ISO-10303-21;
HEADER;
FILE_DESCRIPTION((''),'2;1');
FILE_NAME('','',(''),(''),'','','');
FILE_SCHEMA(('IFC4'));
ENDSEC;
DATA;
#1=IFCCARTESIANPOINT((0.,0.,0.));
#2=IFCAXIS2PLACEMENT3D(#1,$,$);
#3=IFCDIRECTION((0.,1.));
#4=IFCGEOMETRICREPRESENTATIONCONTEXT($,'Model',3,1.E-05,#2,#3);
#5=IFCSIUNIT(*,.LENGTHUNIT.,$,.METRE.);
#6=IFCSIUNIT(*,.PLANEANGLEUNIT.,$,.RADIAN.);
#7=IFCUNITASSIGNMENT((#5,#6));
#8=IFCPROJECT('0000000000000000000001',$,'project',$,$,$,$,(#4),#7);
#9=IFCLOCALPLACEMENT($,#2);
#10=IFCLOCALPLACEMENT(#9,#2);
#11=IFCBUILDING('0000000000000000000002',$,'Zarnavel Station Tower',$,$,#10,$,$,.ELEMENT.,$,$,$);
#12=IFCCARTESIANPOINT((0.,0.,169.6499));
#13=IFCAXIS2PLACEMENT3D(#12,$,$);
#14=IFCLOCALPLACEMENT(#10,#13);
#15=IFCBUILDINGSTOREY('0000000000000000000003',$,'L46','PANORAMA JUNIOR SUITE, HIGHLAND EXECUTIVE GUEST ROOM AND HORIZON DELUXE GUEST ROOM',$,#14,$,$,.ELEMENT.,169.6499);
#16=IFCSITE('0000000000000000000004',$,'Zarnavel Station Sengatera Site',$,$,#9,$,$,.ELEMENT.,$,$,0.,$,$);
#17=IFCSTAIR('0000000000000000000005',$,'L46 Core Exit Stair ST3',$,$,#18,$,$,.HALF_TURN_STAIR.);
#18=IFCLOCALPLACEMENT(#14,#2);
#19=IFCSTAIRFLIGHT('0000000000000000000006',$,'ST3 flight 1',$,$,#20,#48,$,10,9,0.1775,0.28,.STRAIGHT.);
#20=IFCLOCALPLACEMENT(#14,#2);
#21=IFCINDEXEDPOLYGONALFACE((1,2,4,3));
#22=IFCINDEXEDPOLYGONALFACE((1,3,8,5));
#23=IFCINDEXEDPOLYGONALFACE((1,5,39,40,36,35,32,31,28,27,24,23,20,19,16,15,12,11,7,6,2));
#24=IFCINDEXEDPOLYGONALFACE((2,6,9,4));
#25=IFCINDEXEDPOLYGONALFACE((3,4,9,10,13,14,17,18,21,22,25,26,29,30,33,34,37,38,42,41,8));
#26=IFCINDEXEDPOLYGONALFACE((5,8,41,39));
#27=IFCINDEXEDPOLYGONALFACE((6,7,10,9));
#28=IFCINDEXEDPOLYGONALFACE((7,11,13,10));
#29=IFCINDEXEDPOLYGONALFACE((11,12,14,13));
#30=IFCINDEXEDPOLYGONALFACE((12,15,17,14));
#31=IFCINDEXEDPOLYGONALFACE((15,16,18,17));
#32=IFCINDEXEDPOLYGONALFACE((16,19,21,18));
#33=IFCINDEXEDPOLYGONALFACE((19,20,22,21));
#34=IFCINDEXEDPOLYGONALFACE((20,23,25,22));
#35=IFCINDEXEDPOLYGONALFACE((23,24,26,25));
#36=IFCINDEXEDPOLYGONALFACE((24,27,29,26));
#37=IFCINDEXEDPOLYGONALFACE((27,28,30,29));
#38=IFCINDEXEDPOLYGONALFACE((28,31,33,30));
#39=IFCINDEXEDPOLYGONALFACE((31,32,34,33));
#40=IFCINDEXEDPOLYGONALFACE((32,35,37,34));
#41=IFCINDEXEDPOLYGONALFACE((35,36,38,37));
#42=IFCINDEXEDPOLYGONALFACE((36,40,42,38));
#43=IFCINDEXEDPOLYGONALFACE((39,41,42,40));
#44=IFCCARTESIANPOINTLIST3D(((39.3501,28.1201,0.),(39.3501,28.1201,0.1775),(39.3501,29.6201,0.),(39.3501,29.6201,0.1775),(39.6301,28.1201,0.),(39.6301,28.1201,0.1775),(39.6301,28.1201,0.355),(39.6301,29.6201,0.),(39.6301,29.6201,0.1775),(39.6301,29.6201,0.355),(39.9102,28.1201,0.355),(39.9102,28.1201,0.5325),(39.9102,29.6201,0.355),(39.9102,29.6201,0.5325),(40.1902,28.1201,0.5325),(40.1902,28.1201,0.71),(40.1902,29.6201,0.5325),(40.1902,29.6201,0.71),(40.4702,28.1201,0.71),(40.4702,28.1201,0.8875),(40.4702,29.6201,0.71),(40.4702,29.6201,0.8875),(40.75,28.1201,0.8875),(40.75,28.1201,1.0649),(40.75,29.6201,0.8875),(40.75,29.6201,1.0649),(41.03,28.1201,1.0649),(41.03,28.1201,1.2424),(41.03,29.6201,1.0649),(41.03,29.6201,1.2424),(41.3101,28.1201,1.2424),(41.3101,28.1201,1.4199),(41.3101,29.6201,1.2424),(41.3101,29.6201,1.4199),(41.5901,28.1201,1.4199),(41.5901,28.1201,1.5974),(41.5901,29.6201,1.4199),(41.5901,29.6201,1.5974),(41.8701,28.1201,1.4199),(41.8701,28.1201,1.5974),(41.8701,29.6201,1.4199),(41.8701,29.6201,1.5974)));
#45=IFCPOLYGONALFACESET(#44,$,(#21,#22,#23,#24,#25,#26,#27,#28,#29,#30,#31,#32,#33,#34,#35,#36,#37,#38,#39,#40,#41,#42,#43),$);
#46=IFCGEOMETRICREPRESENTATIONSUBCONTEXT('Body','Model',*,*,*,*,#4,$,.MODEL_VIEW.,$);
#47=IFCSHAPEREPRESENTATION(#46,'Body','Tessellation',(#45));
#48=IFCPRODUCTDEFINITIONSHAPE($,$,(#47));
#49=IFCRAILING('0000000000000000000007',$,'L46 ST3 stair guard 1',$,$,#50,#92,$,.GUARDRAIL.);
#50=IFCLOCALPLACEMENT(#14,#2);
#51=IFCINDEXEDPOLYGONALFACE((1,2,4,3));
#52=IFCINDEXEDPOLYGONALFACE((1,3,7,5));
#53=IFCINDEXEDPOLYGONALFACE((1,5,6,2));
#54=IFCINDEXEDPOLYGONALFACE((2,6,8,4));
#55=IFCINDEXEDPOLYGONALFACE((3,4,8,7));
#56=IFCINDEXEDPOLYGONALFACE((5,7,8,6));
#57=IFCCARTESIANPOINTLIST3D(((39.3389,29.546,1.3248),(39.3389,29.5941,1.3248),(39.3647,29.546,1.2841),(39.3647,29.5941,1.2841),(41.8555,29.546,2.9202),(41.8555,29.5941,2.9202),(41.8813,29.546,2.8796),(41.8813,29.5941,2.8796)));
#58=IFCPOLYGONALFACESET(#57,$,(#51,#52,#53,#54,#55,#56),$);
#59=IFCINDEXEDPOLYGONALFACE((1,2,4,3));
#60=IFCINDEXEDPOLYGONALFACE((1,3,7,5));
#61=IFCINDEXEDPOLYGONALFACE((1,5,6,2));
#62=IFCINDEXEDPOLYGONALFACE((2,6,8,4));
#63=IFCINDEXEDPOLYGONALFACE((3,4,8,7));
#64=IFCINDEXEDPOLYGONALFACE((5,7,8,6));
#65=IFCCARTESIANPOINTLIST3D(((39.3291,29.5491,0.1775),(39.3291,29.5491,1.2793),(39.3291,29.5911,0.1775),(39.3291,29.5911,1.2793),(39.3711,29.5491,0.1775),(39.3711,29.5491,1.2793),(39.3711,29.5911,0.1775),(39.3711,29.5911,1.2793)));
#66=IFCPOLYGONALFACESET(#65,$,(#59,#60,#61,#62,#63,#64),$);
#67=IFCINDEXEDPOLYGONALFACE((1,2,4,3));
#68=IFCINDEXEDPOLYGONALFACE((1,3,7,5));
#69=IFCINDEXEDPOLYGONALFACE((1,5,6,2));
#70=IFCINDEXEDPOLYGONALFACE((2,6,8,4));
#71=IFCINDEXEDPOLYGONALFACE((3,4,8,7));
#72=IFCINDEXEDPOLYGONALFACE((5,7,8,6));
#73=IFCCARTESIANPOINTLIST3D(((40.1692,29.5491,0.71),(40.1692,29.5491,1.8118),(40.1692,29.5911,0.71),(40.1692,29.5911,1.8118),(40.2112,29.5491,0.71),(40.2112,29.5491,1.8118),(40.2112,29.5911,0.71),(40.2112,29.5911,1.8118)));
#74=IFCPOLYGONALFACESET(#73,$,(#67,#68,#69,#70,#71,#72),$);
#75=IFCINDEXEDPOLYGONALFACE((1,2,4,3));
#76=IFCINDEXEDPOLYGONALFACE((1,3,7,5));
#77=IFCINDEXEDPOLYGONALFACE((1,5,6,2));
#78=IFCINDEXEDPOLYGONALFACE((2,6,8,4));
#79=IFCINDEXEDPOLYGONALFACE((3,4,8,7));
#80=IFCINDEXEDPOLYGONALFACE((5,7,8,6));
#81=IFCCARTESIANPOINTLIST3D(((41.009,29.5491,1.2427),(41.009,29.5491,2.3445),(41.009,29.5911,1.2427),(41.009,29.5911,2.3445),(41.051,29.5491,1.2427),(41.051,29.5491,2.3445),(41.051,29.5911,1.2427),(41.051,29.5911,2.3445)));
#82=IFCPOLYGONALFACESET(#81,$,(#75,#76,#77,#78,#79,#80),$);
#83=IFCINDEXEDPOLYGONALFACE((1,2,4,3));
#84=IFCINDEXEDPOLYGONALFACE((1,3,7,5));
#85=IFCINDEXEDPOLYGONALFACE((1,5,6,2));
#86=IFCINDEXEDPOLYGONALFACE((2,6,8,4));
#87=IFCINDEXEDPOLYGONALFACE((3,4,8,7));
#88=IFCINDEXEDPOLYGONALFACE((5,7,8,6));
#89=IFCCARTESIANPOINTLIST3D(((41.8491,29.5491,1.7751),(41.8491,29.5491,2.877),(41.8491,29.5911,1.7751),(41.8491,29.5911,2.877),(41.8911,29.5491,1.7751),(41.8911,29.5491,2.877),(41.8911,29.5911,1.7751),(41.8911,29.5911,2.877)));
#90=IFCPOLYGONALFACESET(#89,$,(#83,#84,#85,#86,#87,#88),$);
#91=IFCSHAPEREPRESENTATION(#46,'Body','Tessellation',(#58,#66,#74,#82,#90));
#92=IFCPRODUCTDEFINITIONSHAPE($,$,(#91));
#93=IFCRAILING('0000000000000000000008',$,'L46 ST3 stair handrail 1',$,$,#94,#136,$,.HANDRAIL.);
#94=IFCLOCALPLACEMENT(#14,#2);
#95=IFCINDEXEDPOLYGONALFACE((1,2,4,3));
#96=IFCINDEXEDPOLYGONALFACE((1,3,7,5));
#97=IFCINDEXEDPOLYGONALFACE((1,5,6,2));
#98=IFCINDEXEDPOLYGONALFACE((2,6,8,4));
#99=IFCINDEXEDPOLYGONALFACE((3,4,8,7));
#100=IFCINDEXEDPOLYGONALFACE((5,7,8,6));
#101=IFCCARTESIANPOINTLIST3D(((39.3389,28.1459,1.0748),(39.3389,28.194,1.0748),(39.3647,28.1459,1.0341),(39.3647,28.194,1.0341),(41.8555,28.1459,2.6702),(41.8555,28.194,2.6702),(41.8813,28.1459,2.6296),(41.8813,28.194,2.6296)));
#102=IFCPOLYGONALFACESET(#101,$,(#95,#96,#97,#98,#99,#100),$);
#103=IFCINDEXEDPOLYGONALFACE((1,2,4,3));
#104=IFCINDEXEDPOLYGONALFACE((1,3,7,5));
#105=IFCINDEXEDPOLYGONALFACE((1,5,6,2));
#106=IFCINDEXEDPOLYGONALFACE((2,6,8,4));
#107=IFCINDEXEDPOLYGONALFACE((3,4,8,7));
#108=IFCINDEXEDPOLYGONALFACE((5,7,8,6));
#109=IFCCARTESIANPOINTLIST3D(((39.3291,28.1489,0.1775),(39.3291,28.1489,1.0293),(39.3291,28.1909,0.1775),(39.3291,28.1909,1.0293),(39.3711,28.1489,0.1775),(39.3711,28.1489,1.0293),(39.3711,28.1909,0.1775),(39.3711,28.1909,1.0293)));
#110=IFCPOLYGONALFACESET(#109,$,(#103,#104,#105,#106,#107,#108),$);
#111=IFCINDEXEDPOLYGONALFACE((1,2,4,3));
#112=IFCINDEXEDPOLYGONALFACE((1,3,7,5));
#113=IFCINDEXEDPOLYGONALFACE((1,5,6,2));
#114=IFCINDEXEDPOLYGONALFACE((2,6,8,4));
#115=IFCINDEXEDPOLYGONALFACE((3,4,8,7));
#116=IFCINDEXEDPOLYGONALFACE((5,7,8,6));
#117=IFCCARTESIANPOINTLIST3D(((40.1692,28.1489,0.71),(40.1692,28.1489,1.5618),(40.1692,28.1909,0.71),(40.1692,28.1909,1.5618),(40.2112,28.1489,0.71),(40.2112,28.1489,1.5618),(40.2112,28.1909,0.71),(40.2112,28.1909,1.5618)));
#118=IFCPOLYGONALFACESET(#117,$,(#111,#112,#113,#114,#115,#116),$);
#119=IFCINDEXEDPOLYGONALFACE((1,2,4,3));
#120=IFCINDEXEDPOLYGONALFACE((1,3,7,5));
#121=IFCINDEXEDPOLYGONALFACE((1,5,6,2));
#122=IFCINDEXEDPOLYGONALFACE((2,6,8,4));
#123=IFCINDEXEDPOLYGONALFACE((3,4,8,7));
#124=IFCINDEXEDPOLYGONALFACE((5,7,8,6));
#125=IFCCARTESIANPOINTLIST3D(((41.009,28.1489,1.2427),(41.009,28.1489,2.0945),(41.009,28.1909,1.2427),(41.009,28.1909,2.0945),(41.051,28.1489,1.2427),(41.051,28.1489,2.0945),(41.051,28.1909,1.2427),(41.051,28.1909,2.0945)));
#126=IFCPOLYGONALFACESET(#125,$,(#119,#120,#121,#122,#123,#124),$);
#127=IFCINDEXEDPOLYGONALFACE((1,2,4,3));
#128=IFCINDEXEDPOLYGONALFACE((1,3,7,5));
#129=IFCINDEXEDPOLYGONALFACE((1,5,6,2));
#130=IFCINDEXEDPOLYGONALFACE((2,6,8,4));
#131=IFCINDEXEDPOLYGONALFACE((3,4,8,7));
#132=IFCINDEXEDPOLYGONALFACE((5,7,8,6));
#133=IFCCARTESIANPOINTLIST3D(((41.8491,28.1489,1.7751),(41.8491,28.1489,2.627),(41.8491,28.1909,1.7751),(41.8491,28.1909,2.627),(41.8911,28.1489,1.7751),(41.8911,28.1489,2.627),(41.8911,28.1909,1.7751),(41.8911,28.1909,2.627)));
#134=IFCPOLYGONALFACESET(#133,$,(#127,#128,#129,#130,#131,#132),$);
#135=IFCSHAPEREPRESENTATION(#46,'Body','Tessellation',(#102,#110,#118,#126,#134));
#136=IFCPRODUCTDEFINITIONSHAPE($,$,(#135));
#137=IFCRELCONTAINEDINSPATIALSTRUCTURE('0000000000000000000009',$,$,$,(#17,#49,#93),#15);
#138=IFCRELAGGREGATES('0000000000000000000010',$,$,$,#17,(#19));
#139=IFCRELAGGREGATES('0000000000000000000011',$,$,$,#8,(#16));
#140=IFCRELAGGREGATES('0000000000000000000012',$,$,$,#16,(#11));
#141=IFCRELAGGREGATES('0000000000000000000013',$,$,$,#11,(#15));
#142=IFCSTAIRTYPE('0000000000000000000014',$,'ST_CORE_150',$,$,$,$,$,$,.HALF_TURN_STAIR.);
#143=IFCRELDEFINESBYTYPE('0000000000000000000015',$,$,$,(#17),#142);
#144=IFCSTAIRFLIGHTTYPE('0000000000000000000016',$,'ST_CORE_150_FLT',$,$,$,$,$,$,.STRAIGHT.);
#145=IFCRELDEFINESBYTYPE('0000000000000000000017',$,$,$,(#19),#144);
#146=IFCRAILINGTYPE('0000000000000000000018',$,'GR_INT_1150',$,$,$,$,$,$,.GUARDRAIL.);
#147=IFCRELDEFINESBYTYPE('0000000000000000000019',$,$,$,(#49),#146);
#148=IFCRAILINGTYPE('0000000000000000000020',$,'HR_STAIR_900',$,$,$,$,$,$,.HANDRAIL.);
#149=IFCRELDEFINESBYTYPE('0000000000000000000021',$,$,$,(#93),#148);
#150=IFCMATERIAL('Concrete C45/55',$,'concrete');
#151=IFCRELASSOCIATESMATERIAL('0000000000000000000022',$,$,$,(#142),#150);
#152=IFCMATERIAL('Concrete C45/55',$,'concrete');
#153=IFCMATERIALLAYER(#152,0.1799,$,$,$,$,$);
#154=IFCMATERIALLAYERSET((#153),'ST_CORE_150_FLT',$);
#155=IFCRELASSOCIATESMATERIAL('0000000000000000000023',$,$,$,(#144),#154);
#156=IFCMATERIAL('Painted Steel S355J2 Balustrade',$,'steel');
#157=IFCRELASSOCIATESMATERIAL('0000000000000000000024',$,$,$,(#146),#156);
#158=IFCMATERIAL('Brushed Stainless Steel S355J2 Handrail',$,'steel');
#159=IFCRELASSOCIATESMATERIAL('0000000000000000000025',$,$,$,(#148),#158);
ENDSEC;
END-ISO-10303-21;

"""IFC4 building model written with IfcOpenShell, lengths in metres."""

from ifc_helpers import new_model, si_unit, direction, frame, origin, origin_2d, place, context, subcontext, project, spatial, polyline, rectangle, outline, extrude, material, layer, layer_set, type_object, element, aggregate, save


model = new_model("IFC4")

# Units and contexts
model_context = context("Model", 3, precision=1e-05, world=origin(), true_north=direction((0.0, 1.0)))
body_context = subcontext(model_context, "Body", "Model", "MODEL_VIEW")
ifc_project = project(units=[si_unit("LENGTHUNIT", "METRE"), si_unit("PLANEANGLEUNIT", "RADIAN")], contexts=[model_context])

# Site, building, storey
site_placement = place(None, origin())
site = spatial("IfcSite", under=ifc_project, at=site_placement, Name="Zarnavel Station Sengatera Site", CompositionType="ELEMENT", RefElevation=0.0)
building_placement = place(site_placement, origin())
building = spatial("IfcBuilding", under=site, at=building_placement, Name="Zarnavel Station Tower", CompositionType="ELEMENT")
storey_placement = place(building_placement, frame((0.0, 0.0, 169.6499)))
storey = spatial("IfcBuildingStorey", under=building, at=storey_placement, Name="L46", Description="PANORAMA JUNIOR SUITE, HIGHLAND EXECUTIVE GUEST ROOM AND HORIZON DELUXE GUEST ROOM", CompositionType="ELEMENT", Elevation=169.6499)

# Stair, stair flight
ifc_material_1 = material(Name="Concrete C45/55", Category="concrete")
stair_type = type_object("IfcStairType", Name="ST_CORE_150", PredefinedType="HALF_TURN_STAIR", material=ifc_material_1)
stair_placement = place(storey_placement, origin())
stair = element("IfcStair", 1, at=stair_placement, inside=storey, type_object=stair_type, Name="L46 Core Exit Stair ST3", PredefinedType="HALF_TURN_STAIR")
ifc_material_2 = material(Name="Concrete C45/55", Category="concrete")
ifc_layer_1 = layer(ifc_material_2, 0.1799)
ifc_layer_set_1 = layer_set([ifc_layer_1], Name="ST_CORE_150_FLT")
stair_flight_type = type_object("IfcStairFlightType", Name="ST_CORE_150_FLT", PredefinedType="STRAIGHT", material=ifc_layer_set_1)
stair_flight_placement = place(storey_placement, frame((39.3501, 28.8701, 0.0), z_axis=(0.0, 0.0, 1.0), x_axis=(1.0, 0.0, 0.0)))
stair_flight = element("IfcStairFlight", 2, at=stair_flight_placement, type_object=stair_flight_type, Name="ST3 flight 1", NumberOfRisers=10, NumberOfTreads=9, PredefinedType="STRAIGHT", RiserHeight=0.1775, TreadLength=0.28, context=body_context, shape_type="SweptSolid", body=[
    extrude(outline(polyline([(0.0, 0.0), (0.0, 0.1775), (0.28, 0.1775), (0.28, 0.355), (0.5601, 0.355), (0.5601, 0.5325), (0.8401, 0.5325), (0.8401, 0.71), (1.1201, 0.71), (1.1201, 0.8875), (1.3999, 0.8875), (1.3999, 1.0649), (1.6799, 1.0649), (1.6799, 1.2424), (1.96, 1.2424), (1.96, 1.4199), (2.24, 1.4199), (2.24, 1.5974), (2.52, 1.5974), (2.52, 1.7749), (2.52, 1.4199), (0.28, 0.0), (0.0, 0.0)])), frame((0.0, 0.75, 0.0), z_axis=(0.0, -1.0, 0.0), x_axis=(1.0, 0.0, 0.0)), (0.0, 0.0, 1.0), 1.5),
])
aggregate(stair, [stair_flight])

# Railings
ifc_material_3 = material(Name="Painted Steel S355J2 Balustrade", Category="steel")
railing_type_1 = type_object("IfcRailingType", Name="GR_INT_1150", PredefinedType="GUARDRAIL", material=ifc_material_3)
railing_1_placement = place(storey_placement, frame((39.3501, 29.5701, 0.1775)))
element("IfcRailing", 3, at=railing_1_placement, inside=storey, type_object=railing_type_1, Name="L46 ST3 stair guard 1", PredefinedType="GUARDRAIL", context=body_context, shape_type="SweptSolid", body=[
    extrude(rectangle(XDim=0.0481, YDim=0.0481, at=origin_2d()), frame((0.0017, 0.0, 1.127), z_axis=(0.84457, 0.0, 0.535445), x_axis=(0.0, 1.0, 0.0)), (0.0, 0.0, 1.0), 2.9797),
    extrude(rectangle(XDim=0.042, YDim=0.042, at=origin_2d()), origin(), (0.0, 0.0, 1.0), 1.1018),
    extrude(rectangle(XDim=0.042, YDim=0.042, at=origin_2d()), frame((0.8401, 0.0, 0.5325)), (0.0, 0.0, 1.0), 1.1018),
    extrude(rectangle(XDim=0.042, YDim=0.042, at=origin_2d()), frame((1.6799, 0.0, 1.0652)), (0.0, 0.0, 1.0), 1.1018),
    extrude(rectangle(XDim=0.042, YDim=0.042, at=origin_2d()), frame((2.52, 0.0, 1.5977)), (0.0, 0.0, 1.0), 1.1018),
])
ifc_material_4 = material(Name="Brushed Stainless Steel S355J2 Handrail", Category="steel")
railing_type_2 = type_object("IfcRailingType", Name="HR_STAIR_900", PredefinedType="HANDRAIL", material=ifc_material_4)
railing_2_placement = place(storey_placement, frame((39.3501, 28.1699, 0.1775)))
element("IfcRailing", 4, at=railing_2_placement, inside=storey, type_object=railing_type_2, Name="L46 ST3 stair handrail 1", PredefinedType="HANDRAIL", context=body_context, shape_type="SweptSolid", body=[
    extrude(rectangle(XDim=0.0481, YDim=0.0481, at=origin_2d()), frame((0.0017, 0.0, 0.877), z_axis=(0.84457, 0.0, 0.535445), x_axis=(0.0, 1.0, 0.0)), (0.0, 0.0, 1.0), 2.9797),
    extrude(rectangle(XDim=0.042, YDim=0.042, at=origin_2d()), origin(), (0.0, 0.0, 1.0), 0.8518),
    extrude(rectangle(XDim=0.042, YDim=0.042, at=origin_2d()), frame((0.8401, 0.0, 0.5325)), (0.0, 0.0, 1.0), 0.8518),
    extrude(rectangle(XDim=0.042, YDim=0.042, at=origin_2d()), frame((1.6799, 0.0, 1.0652)), (0.0, 0.0, 1.0), 0.8518),
    extrude(rectangle(XDim=0.042, YDim=0.042, at=origin_2d()), frame((2.52, 0.0, 1.5977)), (0.0, 0.0, 1.0), 0.8518),
])

save(model, "model.ifc")
